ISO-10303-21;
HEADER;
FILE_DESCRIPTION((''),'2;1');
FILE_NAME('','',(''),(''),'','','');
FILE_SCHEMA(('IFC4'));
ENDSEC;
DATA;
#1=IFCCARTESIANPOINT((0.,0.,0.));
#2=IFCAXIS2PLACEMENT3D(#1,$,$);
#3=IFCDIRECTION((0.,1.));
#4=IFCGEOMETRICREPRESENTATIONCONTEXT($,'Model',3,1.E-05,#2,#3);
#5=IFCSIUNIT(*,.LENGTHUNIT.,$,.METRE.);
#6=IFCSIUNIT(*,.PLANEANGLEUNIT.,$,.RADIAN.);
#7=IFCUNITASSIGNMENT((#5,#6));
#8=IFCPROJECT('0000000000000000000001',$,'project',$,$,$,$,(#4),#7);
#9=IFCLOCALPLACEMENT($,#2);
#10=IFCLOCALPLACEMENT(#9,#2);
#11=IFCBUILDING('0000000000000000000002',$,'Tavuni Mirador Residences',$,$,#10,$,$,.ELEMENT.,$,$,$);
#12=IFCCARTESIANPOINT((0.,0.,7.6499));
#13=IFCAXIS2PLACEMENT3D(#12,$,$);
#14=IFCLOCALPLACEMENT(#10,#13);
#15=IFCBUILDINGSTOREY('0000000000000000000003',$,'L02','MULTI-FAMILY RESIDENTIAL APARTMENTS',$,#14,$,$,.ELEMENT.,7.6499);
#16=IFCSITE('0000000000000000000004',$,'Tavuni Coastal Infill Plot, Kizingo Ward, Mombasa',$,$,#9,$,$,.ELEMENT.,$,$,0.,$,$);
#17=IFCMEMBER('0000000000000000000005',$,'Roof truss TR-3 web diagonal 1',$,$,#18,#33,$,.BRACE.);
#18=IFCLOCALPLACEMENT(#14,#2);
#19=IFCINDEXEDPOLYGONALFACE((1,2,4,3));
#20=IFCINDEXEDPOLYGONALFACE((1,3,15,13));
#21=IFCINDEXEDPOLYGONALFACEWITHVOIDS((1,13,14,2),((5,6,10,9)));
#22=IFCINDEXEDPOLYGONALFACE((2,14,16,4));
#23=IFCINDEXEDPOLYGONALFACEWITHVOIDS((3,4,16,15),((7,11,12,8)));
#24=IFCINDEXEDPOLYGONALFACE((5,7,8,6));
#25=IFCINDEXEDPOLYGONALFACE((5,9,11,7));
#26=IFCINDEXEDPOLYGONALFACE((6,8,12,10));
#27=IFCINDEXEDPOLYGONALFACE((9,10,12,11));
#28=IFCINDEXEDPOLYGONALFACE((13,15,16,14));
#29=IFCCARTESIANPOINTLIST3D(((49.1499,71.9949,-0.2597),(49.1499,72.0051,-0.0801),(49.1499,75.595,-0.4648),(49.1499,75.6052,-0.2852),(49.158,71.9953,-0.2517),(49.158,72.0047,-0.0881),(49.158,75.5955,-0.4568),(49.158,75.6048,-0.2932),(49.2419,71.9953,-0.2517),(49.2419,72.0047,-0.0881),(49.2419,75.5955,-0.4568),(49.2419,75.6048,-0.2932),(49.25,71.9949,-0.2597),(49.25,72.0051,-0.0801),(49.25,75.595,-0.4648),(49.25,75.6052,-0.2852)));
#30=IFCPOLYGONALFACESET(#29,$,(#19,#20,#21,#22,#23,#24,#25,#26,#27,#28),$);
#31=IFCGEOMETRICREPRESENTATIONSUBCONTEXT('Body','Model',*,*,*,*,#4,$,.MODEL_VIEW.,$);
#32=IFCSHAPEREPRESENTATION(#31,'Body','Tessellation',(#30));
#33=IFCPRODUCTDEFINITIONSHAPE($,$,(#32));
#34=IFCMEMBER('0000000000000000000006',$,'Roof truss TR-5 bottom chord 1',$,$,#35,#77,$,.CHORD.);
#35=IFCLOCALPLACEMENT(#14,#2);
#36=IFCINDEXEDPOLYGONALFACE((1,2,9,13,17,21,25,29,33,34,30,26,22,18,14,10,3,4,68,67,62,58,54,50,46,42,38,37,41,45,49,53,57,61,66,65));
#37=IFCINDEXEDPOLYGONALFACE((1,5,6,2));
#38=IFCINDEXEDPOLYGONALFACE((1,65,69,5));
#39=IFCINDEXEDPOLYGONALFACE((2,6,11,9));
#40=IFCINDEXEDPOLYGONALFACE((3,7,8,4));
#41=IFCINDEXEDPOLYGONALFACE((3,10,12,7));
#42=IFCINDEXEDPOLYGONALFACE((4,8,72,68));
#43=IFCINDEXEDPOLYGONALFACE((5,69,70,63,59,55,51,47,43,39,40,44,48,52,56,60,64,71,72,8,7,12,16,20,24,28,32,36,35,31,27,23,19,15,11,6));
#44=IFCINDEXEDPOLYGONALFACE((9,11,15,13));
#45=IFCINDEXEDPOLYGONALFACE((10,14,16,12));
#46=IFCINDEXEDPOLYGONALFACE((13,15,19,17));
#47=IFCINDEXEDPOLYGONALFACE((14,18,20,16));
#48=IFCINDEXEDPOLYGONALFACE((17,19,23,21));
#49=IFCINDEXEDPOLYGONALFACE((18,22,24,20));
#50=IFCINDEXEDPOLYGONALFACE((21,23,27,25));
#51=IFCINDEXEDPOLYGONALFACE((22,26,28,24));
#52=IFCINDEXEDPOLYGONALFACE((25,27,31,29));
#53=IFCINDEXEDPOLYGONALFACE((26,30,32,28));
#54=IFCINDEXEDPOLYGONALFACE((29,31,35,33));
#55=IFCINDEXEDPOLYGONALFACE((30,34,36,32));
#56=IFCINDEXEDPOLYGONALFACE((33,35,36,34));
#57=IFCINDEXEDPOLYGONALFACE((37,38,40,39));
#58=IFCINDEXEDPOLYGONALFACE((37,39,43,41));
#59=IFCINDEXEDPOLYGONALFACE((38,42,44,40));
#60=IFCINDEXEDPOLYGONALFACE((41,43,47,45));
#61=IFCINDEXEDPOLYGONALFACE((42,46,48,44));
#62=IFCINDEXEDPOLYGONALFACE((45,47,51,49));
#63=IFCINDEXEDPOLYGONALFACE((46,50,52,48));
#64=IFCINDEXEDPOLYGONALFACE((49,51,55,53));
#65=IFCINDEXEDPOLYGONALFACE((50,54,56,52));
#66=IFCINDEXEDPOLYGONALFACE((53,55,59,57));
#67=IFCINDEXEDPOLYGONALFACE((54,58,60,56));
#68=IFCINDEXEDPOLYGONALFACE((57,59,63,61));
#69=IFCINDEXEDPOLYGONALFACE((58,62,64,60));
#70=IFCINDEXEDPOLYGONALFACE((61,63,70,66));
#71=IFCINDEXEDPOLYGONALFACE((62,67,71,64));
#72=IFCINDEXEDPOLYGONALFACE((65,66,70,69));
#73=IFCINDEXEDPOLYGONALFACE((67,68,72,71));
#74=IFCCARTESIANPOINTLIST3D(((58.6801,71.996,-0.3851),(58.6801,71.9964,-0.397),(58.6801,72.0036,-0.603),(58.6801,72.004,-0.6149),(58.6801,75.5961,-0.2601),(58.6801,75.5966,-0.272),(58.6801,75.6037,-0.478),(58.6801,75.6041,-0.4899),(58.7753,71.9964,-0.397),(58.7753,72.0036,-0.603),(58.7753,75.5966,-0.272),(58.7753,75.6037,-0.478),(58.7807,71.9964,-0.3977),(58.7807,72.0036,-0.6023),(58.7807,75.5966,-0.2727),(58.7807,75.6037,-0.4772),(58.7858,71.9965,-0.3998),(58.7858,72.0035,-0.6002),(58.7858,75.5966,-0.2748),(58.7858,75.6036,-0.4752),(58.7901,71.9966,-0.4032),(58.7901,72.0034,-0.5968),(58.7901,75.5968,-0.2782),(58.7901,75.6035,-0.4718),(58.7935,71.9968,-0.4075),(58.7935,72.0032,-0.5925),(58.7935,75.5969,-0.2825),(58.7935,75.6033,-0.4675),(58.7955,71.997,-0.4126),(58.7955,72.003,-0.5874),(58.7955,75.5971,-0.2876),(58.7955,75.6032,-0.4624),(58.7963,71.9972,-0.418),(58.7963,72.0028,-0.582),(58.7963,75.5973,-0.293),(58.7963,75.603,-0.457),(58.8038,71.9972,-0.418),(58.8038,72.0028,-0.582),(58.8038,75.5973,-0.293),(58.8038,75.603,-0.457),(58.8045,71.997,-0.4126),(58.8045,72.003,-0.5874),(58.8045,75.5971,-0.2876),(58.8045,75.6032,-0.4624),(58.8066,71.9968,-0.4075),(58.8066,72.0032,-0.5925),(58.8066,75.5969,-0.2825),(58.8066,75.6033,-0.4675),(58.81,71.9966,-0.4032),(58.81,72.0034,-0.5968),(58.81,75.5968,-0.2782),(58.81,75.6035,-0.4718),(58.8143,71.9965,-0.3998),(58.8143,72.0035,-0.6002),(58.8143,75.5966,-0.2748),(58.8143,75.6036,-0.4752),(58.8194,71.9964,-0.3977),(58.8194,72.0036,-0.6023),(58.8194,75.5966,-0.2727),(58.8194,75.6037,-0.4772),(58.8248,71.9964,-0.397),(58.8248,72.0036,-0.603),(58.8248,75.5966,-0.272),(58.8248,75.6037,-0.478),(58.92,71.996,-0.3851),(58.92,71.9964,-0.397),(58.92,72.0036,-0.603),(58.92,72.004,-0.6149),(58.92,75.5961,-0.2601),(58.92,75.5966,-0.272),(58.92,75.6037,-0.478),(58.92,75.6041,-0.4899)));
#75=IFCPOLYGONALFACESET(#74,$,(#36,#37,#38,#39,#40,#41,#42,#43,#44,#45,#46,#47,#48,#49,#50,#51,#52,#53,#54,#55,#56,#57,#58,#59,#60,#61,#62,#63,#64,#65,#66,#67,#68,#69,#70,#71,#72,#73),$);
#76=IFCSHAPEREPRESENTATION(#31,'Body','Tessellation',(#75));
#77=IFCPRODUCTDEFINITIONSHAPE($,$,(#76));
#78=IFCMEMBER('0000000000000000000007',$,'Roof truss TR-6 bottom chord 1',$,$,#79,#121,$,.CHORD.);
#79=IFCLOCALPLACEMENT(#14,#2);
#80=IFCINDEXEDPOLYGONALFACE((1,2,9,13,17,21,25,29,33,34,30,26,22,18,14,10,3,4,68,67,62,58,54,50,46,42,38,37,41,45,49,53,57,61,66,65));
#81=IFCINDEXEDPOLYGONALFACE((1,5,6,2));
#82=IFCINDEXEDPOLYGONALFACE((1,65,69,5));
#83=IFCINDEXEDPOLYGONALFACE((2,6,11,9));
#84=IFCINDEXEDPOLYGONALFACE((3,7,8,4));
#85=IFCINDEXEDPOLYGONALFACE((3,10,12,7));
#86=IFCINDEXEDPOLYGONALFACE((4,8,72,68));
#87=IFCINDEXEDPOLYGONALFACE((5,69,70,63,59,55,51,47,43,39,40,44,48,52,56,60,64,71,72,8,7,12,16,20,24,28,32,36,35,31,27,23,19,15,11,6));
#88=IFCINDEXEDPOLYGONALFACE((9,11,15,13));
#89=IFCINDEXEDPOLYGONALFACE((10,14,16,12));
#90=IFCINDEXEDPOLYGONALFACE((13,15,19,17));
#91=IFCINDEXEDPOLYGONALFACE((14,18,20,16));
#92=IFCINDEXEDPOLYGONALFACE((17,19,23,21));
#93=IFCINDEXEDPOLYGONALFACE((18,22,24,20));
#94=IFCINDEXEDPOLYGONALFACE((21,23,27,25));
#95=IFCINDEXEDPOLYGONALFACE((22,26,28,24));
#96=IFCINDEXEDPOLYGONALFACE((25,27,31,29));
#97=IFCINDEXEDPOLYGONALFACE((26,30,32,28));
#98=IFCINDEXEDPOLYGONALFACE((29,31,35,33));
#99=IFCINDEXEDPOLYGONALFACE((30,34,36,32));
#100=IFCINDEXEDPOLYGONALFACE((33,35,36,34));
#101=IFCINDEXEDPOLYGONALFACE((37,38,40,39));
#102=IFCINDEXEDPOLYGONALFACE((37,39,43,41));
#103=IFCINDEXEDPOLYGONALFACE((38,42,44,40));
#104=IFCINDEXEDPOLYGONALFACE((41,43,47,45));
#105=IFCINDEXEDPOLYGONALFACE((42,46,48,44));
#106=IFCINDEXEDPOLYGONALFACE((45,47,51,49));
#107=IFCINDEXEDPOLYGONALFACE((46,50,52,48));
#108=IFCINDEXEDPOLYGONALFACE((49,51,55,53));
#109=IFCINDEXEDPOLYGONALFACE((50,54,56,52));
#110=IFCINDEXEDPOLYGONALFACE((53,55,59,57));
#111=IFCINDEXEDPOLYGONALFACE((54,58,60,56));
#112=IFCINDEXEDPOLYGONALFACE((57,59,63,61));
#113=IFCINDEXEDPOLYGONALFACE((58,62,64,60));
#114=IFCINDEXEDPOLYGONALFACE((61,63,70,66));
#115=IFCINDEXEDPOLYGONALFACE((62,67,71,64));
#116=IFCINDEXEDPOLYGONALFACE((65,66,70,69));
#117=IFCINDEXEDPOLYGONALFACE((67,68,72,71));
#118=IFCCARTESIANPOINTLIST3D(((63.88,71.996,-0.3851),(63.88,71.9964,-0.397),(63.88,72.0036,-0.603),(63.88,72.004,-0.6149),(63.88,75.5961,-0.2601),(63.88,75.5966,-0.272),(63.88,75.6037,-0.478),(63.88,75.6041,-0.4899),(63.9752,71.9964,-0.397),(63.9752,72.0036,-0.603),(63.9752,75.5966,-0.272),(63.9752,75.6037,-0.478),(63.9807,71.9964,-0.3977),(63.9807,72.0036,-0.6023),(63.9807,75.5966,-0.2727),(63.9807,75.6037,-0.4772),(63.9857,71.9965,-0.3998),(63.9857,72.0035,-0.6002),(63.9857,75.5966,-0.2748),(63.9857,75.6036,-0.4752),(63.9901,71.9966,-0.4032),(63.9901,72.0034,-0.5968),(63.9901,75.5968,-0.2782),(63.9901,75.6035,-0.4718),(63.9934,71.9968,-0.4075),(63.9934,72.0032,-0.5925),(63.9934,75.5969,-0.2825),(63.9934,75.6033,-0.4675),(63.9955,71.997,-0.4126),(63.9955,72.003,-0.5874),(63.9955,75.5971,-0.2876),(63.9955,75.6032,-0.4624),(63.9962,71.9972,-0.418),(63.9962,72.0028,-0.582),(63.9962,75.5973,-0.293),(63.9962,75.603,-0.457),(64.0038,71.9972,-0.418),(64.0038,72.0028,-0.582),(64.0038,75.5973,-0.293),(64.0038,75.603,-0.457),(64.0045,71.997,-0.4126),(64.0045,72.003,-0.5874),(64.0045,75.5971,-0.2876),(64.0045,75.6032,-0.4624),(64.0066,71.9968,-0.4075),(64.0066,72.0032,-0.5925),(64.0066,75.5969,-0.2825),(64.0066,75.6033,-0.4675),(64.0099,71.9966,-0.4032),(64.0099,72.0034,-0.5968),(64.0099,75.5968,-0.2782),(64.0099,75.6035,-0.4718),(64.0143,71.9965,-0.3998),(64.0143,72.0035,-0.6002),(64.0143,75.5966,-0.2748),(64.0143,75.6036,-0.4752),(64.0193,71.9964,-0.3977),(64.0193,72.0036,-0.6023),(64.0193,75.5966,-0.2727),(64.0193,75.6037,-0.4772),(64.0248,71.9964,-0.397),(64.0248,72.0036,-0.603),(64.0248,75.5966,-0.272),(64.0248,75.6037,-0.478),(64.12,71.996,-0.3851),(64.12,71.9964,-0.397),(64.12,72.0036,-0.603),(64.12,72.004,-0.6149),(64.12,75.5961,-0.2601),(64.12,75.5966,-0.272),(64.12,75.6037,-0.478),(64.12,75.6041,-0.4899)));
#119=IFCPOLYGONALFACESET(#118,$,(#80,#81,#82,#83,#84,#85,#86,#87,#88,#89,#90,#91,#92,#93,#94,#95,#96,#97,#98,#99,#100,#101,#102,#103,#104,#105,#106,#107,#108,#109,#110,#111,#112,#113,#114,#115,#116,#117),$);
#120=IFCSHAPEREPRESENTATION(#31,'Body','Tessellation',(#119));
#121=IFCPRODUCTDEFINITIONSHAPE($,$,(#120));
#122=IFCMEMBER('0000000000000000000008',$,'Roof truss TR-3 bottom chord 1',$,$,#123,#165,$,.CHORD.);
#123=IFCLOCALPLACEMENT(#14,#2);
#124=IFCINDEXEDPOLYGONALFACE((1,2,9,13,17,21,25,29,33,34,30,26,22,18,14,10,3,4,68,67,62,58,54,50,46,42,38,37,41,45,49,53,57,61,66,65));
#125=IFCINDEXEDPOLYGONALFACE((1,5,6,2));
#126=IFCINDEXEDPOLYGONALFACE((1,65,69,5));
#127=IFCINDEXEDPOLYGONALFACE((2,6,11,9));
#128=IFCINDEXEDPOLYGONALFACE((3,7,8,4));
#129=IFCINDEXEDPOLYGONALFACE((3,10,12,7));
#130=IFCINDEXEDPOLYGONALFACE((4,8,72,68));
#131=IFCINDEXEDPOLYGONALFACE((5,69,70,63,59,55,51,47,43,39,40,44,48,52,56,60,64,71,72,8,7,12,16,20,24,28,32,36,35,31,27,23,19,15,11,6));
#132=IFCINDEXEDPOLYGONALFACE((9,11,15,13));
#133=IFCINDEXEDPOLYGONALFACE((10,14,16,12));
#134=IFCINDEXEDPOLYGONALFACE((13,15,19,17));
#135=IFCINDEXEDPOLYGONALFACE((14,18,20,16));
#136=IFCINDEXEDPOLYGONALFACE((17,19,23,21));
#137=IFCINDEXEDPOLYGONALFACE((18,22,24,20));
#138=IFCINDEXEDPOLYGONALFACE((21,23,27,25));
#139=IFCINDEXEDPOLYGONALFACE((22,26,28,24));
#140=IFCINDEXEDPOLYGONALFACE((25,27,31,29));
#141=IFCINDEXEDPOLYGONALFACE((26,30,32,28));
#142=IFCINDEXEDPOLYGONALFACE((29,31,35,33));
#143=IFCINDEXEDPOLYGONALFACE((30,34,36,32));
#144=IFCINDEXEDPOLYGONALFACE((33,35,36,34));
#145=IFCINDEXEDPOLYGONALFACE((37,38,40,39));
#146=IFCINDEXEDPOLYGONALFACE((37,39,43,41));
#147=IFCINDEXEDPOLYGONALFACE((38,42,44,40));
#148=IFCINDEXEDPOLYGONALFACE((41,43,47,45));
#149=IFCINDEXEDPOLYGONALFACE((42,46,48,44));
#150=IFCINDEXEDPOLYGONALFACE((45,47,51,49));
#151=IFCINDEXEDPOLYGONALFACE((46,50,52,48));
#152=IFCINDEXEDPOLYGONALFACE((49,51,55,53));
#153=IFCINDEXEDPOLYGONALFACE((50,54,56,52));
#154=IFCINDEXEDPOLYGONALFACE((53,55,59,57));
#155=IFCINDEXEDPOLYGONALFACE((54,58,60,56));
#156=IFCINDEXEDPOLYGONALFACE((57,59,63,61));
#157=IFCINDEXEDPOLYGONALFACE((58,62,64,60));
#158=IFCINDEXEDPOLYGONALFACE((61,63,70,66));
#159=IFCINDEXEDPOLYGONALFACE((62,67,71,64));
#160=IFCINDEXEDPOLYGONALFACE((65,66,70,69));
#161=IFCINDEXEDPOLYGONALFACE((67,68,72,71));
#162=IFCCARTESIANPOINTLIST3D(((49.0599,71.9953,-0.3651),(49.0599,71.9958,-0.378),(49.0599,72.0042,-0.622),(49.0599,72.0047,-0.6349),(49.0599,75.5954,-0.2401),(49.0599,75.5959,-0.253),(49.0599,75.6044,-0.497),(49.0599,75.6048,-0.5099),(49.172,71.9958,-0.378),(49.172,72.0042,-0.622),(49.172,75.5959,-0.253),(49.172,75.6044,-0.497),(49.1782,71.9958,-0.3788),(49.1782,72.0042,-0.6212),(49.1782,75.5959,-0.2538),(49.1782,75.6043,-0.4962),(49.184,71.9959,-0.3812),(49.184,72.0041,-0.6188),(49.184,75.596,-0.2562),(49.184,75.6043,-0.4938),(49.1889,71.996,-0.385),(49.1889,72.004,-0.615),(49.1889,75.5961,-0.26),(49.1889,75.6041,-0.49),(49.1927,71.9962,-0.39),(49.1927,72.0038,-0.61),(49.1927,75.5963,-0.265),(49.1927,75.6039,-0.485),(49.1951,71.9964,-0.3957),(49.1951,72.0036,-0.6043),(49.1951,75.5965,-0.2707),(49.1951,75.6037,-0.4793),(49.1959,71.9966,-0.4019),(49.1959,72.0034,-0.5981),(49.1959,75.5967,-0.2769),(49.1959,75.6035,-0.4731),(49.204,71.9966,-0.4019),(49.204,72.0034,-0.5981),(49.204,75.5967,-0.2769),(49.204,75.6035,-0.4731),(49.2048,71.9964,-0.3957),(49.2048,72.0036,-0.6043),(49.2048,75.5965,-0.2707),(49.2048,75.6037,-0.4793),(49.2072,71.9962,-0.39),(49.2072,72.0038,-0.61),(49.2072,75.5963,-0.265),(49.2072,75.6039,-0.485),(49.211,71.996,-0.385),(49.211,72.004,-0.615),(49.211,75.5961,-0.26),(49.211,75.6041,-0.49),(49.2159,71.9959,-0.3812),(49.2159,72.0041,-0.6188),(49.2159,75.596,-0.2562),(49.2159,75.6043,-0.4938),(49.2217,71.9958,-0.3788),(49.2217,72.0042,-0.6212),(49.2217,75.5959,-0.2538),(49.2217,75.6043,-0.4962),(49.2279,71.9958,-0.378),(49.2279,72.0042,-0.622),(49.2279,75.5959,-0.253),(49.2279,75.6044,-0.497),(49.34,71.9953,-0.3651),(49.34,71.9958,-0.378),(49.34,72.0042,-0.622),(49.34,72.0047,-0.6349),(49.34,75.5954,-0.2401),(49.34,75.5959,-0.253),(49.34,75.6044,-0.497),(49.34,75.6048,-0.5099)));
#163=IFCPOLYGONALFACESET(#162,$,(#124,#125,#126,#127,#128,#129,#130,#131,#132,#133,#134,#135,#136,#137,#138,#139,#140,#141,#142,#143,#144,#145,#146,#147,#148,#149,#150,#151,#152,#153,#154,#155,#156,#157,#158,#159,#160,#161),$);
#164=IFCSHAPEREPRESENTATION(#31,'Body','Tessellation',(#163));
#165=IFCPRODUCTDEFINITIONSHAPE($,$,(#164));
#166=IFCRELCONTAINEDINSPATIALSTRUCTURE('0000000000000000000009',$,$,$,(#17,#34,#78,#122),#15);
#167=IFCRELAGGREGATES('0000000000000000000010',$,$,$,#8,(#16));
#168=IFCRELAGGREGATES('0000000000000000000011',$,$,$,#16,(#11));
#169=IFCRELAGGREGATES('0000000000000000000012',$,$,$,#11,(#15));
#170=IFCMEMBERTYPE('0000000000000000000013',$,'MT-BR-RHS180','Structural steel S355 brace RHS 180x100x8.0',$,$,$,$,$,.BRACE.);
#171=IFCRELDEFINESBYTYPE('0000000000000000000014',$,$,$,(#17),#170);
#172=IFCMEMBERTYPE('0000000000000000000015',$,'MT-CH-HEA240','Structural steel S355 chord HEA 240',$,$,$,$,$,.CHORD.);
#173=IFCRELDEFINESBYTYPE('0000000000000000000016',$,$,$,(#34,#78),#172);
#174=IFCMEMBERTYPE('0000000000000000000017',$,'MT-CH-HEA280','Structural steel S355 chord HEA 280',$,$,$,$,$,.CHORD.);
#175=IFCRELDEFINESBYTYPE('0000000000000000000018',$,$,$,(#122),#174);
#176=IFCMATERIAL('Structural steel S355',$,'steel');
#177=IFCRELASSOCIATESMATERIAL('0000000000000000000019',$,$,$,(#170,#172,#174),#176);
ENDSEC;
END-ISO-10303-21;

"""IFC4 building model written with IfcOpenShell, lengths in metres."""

from ifc_helpers import new_model, si_unit, direction, frame, origin, origin_2d, place, context, subcontext, project, spatial, hollow_rectangle, i_section, extrude, material, material_profile, profile_set, type_object, element, save


model = new_model("IFC4")

# Units and contexts
model_context = context("Model", 3, precision=1e-05, world=origin(), true_north=direction((0.0, 1.0)))
body_context = subcontext(model_context, "Body", "Model", "MODEL_VIEW")
ifc_project = project(units=[si_unit("LENGTHUNIT", "METRE"), si_unit("PLANEANGLEUNIT", "RADIAN")], contexts=[model_context])

# Site, building, storey
site_placement = place(None, origin())
site = spatial("IfcSite", under=ifc_project, at=site_placement, Name="Tavuni Coastal Infill Plot, Kizingo Ward, Mombasa", CompositionType="ELEMENT", RefElevation=0.0)
building_placement = place(site_placement, origin())
building = spatial("IfcBuilding", under=site, at=building_placement, Name="Tavuni Mirador Residences", CompositionType="ELEMENT")
storey_placement = place(building_placement, frame((0.0, 0.0, 7.6499)))
storey = spatial("IfcBuildingStorey", under=building, at=storey_placement, Name="L02", Description="MULTI-FAMILY RESIDENTIAL APARTMENTS", CompositionType="ELEMENT", Elevation=7.6499)

# Shared definitions
ifc_material_1 = material(Name="Structural steel S355", Category="steel")

# Members
ifc_material_profile_1 = material_profile(ifc_material_1, hollow_rectangle(XDim=0.1001, YDim=0.1799, WallThickness=0.0081, at=origin_2d()), Name="RHS 180x100x8.0", Category="steel")
ifc_profile_set_1 = profile_set([ifc_material_profile_1], Name="Structural steel S355")
member_type_1 = type_object("IfcMemberType", Name="MT-BR-RHS180", Description="Structural steel S355 brace RHS 180x100x8.0", PredefinedType="BRACE", material=ifc_profile_set_1)
member_1_placement = place(storey_placement, frame((49.2, 72.0, -0.1699), z_axis=(0.0, 0.998381, -0.056872), x_axis=(-1.0, 0.0, 0.0)))
element("IfcMember", 1, at=member_1_placement, inside=storey, type_object=member_type_1, Name="Roof truss TR-3 web diagonal 1", PredefinedType="BRACE", context=body_context, shape_type="SweptSolid", body=[
    extrude(hollow_rectangle(XDim=0.1001, YDim=0.1799, WallThickness=0.0081, at=origin_2d()), origin(), (0.0, 0.0, 1.0), 3.606),
])
ifc_material_profile_2 = material_profile(ifc_material_1, i_section(OverallWidth=0.24, OverallDepth=0.23, WebThickness=0.0076, FlangeThickness=0.012, FilletRadius=0.021, at=origin_2d()), Name="HEA 240", Category="steel")
ifc_profile_set_2 = profile_set([ifc_material_profile_2], Name="Structural steel S355")
member_type_2 = type_object("IfcMemberType", Name="MT-CH-HEA240", Description="Structural steel S355 chord HEA 240", PredefinedType="CHORD", material=ifc_profile_set_2)
for number, where, z_axis, x_axis, name in (
    (2, (58.8, 72.0, -0.5), (0.0, 0.999398, 0.0347), (-1.0, 0.0, 0.0), "Roof truss TR-5 bottom chord 1"),
    (3, (64.0, 72.0, -0.5), (0.0, 0.999398, 0.0347), (-1.0, 0.0, 0.0), "Roof truss TR-6 bottom chord 1"),
):
    element("IfcMember", number, at=place(storey_placement, frame(where, z_axis=z_axis, x_axis=x_axis)), inside=storey, type_object=member_type_2, Name=name, PredefinedType="CHORD", context=body_context, shape_type="SweptSolid", body=[
        extrude(i_section(OverallWidth=0.24, OverallDepth=0.23, WebThickness=0.0076, FlangeThickness=0.012, FilletRadius=0.021, at=origin_2d()), origin(), (0.0, 0.0, 1.0), 3.6023),
    ])
ifc_material_profile_3 = material_profile(ifc_material_1, i_section(OverallWidth=0.28, OverallDepth=0.27, WebThickness=0.0081, FlangeThickness=0.0129, FilletRadius=0.0239, at=origin_2d()), Name="HEA 280", Category="steel")
ifc_profile_set_3 = profile_set([ifc_material_profile_3], Name="Structural steel S355")
member_type_3 = type_object("IfcMemberType", Name="MT-CH-HEA280", Description="Structural steel S355 chord HEA 280", PredefinedType="CHORD", material=ifc_profile_set_3)
for number, where, z_axis, x_axis, name in (
    (4, (49.2, 72.0, -0.5), (0.0, 0.999398, 0.0347), (-1.0, 0.0, 0.0), "Roof truss TR-3 bottom chord 1"),
):
    element("IfcMember", number, at=place(storey_placement, frame(where, z_axis=z_axis, x_axis=x_axis)), inside=storey, type_object=member_type_3, Name=name, PredefinedType="CHORD", context=body_context, shape_type="SweptSolid", body=[
        extrude(i_section(OverallWidth=0.28, OverallDepth=0.27, WebThickness=0.0081, FlangeThickness=0.0129, FilletRadius=0.0239, at=origin_2d()), origin(), (0.0, 0.0, 1.0), 3.6023),
    ])

save(model, "model.ifc")
